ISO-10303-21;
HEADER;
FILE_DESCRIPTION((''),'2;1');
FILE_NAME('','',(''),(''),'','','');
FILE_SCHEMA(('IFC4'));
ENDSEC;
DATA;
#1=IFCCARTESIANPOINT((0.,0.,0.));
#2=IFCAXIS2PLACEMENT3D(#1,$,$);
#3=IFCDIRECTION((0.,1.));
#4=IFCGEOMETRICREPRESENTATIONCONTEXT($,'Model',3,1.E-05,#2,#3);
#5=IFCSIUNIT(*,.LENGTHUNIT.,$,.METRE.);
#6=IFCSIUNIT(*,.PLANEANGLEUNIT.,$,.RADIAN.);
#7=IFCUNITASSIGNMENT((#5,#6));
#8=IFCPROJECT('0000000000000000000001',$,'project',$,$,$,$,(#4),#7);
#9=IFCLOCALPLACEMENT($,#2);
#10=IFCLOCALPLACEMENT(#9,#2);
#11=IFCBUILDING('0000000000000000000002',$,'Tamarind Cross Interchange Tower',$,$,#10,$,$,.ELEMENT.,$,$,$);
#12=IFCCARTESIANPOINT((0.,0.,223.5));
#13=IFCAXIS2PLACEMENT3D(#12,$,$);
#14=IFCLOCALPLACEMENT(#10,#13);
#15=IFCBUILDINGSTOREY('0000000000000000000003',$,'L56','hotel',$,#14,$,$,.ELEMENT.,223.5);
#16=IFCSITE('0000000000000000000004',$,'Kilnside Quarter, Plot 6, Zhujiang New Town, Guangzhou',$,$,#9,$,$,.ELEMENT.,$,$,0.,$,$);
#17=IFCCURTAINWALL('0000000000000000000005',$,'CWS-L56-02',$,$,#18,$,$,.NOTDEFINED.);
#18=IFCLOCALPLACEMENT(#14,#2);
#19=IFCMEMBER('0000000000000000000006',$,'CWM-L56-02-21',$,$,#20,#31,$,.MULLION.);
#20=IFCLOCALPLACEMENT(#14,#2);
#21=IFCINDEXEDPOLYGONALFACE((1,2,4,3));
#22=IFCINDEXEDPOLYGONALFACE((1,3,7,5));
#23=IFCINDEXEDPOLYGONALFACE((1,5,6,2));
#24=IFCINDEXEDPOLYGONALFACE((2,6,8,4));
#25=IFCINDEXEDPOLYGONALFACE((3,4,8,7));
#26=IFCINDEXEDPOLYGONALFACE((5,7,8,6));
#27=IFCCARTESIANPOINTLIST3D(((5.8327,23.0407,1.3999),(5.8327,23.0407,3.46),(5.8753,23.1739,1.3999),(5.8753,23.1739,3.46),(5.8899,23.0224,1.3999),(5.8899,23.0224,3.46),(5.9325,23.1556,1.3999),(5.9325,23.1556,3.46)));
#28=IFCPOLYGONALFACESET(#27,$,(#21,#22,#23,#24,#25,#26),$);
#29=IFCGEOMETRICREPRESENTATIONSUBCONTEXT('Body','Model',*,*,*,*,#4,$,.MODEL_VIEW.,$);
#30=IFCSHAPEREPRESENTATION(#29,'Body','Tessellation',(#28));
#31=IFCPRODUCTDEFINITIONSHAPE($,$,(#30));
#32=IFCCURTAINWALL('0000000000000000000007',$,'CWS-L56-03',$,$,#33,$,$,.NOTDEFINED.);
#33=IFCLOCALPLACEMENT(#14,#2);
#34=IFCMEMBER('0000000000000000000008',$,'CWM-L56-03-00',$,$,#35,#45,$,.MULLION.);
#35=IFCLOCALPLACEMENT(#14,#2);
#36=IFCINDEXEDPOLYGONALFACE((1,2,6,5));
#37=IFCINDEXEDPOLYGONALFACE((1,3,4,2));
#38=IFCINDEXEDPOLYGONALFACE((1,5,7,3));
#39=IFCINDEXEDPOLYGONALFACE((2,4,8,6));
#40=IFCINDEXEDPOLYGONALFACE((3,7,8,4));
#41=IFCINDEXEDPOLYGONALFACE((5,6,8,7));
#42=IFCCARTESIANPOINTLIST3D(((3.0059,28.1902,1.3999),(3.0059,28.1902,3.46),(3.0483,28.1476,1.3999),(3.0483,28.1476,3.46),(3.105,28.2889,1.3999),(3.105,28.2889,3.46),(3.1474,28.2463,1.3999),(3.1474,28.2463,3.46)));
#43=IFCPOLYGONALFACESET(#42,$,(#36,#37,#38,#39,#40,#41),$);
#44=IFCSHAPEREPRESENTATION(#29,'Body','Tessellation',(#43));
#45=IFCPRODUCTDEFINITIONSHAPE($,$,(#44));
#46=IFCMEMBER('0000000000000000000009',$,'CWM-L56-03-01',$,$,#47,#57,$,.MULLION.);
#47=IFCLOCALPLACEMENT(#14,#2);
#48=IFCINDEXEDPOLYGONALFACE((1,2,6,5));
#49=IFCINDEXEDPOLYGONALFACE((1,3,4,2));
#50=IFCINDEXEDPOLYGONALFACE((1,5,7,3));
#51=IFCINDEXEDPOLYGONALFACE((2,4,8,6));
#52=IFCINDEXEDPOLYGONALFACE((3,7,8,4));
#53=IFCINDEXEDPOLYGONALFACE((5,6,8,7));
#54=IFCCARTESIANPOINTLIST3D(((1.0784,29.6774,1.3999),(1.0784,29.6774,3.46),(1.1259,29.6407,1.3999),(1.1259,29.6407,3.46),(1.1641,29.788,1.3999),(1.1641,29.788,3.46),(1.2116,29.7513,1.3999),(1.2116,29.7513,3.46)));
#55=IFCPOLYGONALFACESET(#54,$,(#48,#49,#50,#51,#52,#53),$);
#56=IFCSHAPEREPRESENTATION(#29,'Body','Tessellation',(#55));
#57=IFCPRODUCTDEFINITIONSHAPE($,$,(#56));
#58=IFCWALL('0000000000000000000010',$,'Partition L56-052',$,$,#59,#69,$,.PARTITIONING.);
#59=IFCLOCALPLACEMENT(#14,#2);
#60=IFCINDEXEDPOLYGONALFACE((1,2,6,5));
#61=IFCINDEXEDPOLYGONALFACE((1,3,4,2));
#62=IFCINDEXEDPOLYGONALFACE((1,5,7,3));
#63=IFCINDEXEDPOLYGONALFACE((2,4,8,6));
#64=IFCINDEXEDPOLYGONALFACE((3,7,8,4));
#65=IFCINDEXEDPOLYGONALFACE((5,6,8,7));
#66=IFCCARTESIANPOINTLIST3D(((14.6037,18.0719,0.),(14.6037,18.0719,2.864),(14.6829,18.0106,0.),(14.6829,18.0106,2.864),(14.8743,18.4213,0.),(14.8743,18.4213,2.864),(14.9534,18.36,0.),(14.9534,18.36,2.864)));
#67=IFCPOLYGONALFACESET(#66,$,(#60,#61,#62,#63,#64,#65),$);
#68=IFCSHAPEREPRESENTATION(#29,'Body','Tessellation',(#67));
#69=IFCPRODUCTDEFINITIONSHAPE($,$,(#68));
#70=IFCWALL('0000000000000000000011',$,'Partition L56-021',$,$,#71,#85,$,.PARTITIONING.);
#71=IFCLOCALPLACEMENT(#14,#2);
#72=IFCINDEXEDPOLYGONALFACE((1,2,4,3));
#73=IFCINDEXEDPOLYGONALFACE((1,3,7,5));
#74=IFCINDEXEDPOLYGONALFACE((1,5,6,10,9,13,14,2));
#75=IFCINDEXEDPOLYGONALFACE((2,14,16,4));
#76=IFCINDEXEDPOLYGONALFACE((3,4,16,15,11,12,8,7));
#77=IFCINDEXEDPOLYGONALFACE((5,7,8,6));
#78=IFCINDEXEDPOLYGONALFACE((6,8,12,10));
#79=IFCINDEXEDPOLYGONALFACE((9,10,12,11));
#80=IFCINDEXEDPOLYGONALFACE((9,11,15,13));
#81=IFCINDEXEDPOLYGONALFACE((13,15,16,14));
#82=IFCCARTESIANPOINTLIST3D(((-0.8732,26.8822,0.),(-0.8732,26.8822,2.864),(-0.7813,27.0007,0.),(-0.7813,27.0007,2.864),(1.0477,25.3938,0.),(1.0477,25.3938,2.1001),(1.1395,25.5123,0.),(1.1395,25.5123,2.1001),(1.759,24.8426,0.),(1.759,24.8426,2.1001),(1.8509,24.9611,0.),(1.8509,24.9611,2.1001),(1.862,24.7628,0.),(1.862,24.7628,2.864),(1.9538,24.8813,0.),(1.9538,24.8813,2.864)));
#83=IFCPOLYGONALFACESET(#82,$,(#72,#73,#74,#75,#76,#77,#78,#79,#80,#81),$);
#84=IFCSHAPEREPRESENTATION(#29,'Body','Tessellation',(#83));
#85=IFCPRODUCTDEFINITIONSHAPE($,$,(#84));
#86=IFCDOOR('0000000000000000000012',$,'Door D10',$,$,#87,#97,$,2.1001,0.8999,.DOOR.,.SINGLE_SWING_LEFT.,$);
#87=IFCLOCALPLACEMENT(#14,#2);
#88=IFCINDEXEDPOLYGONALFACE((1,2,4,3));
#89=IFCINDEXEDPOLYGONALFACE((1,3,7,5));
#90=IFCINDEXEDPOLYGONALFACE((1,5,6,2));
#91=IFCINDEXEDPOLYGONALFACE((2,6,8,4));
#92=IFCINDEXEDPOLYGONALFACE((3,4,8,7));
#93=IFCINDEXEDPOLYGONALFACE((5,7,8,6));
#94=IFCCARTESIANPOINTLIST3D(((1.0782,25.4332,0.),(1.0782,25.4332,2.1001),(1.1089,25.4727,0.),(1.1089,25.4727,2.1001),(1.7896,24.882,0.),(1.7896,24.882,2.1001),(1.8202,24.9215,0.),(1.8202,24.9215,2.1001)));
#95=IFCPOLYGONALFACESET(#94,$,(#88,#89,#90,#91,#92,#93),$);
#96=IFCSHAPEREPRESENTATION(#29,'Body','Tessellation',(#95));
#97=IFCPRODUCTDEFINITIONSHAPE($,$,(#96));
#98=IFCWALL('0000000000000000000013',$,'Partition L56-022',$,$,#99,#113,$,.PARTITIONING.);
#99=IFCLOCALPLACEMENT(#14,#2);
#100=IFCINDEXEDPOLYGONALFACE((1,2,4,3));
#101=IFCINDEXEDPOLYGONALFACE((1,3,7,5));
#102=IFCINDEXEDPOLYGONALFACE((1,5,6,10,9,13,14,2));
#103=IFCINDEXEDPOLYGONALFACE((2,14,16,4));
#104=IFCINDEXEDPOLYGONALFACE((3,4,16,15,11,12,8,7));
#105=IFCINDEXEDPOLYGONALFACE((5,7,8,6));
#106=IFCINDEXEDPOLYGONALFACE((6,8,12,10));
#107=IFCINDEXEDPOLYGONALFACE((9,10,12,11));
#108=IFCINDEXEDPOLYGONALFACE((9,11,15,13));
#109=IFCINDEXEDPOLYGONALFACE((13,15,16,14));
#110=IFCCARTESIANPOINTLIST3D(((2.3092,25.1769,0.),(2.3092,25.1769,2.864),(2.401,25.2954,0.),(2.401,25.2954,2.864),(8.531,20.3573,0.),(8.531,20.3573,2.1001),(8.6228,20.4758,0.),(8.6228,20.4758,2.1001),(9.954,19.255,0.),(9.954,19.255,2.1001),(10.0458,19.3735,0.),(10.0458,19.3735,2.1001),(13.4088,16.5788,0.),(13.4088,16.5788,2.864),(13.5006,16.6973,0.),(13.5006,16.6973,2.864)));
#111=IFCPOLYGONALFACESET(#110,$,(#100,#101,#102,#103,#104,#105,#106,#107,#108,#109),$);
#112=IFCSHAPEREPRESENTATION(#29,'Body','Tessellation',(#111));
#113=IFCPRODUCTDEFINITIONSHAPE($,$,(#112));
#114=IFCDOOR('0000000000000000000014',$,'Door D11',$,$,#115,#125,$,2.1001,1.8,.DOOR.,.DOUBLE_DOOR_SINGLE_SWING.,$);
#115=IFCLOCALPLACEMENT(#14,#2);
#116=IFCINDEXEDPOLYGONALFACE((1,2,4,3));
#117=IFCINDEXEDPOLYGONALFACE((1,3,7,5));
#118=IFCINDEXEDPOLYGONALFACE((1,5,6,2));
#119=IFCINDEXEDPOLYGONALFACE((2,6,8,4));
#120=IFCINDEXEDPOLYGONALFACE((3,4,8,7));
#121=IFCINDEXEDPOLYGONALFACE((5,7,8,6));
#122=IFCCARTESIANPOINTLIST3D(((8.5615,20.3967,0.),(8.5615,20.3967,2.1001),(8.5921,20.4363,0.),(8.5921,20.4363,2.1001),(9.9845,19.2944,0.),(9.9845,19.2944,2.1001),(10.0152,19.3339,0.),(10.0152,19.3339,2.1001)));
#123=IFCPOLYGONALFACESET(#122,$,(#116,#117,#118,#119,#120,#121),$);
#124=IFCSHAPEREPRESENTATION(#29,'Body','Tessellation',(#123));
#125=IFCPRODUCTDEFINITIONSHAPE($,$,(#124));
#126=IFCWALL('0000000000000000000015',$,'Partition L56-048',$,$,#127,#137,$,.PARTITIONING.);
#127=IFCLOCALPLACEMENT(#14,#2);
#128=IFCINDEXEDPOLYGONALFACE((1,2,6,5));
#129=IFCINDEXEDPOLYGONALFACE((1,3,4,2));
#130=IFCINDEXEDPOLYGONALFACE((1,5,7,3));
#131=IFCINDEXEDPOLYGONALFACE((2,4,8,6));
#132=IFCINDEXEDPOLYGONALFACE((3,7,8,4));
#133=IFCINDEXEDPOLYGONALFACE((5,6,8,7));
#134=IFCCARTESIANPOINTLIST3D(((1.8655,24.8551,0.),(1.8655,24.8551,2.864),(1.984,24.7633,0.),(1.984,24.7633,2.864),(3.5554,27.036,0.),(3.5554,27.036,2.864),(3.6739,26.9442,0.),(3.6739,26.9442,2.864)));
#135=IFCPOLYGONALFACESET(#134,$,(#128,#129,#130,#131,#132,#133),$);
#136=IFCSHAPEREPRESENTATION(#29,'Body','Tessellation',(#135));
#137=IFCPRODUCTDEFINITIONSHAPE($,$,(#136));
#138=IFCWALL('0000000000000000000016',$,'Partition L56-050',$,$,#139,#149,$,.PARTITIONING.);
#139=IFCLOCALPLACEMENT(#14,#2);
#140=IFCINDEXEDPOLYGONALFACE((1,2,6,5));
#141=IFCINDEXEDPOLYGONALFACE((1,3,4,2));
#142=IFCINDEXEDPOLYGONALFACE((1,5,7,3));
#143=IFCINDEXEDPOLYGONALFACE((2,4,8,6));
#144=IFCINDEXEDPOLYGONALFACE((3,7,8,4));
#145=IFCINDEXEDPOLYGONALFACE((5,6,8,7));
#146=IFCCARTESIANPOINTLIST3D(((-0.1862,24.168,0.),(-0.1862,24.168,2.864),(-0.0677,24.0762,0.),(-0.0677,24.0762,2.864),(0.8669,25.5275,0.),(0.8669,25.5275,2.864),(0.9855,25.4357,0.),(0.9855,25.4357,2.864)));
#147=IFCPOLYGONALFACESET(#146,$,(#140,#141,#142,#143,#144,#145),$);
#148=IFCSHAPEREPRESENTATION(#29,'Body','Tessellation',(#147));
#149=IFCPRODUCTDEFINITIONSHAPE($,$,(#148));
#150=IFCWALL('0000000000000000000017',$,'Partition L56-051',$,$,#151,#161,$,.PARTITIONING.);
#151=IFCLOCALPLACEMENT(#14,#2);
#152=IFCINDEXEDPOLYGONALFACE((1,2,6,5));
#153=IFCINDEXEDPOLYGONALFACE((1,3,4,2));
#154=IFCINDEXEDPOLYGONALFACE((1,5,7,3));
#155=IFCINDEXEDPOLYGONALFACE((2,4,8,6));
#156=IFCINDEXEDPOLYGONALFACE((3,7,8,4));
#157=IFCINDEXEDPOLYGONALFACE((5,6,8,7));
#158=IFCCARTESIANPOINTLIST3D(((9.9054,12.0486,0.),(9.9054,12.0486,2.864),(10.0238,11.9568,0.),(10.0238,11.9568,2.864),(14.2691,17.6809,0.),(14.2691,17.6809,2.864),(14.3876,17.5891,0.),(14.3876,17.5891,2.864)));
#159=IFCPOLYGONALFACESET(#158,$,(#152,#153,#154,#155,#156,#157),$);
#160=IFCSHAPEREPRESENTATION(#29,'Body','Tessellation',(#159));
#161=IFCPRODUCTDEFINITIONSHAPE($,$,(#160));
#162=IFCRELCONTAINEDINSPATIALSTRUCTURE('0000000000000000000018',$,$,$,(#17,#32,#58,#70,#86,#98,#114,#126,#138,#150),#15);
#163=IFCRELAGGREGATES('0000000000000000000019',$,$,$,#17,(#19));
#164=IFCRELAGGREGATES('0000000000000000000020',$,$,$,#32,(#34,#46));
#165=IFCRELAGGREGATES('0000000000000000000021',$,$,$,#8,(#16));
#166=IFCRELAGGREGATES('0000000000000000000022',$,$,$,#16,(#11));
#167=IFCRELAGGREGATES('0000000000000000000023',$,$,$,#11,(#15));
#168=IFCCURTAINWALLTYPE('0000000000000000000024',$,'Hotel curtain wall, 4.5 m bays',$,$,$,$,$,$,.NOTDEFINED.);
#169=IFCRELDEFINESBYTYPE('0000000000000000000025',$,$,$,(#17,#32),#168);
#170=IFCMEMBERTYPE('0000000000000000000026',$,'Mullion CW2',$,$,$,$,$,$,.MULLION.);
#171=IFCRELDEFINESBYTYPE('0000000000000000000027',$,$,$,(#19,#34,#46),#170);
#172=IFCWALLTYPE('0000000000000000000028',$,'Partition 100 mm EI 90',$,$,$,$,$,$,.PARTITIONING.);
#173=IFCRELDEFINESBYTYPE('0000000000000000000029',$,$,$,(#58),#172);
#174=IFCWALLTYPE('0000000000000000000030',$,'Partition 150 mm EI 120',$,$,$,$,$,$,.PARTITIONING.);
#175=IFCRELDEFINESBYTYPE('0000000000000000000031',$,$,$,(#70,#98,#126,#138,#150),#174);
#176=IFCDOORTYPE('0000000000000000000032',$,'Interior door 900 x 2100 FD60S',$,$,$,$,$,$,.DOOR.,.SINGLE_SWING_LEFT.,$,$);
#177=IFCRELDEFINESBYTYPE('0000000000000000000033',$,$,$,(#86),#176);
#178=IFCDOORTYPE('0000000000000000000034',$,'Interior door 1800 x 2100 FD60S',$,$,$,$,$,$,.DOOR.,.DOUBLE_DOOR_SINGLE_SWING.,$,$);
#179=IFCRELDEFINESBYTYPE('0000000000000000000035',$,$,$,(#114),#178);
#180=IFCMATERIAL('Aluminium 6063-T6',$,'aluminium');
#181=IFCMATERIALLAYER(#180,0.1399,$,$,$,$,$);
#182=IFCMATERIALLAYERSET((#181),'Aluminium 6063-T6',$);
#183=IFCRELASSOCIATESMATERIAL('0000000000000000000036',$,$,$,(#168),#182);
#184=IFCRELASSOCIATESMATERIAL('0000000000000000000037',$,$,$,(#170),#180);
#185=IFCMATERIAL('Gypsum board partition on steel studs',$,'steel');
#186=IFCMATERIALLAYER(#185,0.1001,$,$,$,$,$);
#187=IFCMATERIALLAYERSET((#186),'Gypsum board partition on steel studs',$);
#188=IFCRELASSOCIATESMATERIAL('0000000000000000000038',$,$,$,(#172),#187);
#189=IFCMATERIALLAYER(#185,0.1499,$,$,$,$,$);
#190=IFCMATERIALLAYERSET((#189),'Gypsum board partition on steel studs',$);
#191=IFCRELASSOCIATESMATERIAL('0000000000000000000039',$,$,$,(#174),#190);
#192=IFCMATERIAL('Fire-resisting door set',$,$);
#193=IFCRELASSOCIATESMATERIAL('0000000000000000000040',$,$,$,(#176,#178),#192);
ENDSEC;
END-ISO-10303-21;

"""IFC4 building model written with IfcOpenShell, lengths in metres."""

from ifc_helpers import new_model, si_unit, direction, frame, frame_2d, origin, origin_2d, place, context, subcontext, project, spatial, rectangle, extrude, material, layer, layer_set, material_profile, profile_set, type_object, element, fill, aggregate, save


model = new_model("IFC4")

# Units and contexts
model_context = context("Model", 3, precision=1e-05, world=origin(), true_north=direction((0.0, 1.0)))
body_context = subcontext(model_context, "Body", "Model", "MODEL_VIEW")
ifc_project = project(units=[si_unit("LENGTHUNIT", "METRE"), si_unit("PLANEANGLEUNIT", "RADIAN")], contexts=[model_context])

# Site, building, storey
site_placement = place(None, origin())
site = spatial("IfcSite", under=ifc_project, at=site_placement, Name="Kilnside Quarter, Plot 6, Zhujiang New Town, Guangzhou", CompositionType="ELEMENT", RefElevation=0.0)
building_placement = place(site_placement, origin())
building = spatial("IfcBuilding", under=site, at=building_placement, Name="Tamarind Cross Interchange Tower", CompositionType="ELEMENT")
storey_placement = place(building_placement, frame((0.0, 0.0, 223.5)))
storey = spatial("IfcBuildingStorey", under=building, at=storey_placement, Name="L56", Description="hotel", CompositionType="ELEMENT", Elevation=223.5)

# Curtain walls, members
ifc_material_1 = material(Name="Aluminium 6063-T6", Category="aluminium")
ifc_layer_1 = layer(ifc_material_1, 0.1399)
ifc_layer_set_1 = layer_set([ifc_layer_1], Name="Aluminium 6063-T6")
curtain_wall_type = type_object("IfcCurtainWallType", Name="Hotel curtain wall, 4.5 m bays", PredefinedType="NOTDEFINED", material=ifc_layer_set_1)
curtain_wall_1_placement = place(storey_placement, origin())
curtain_wall_1 = element("IfcCurtainWall", 1, at=curtain_wall_1_placement, inside=storey, type_object=curtain_wall_type, Name="CWS-L56-02", PredefinedType="NOTDEFINED")
ifc_material_profile_1 = material_profile(ifc_material_1, rectangle(XDim=0.0601, YDim=0.1399, at=origin_2d()), Name="Mullion CW2")
ifc_profile_set_1 = profile_set([ifc_material_profile_1], Name="Aluminium 6063-T6")
member_type = type_object("IfcMemberType", Name="Mullion CW2", PredefinedType="MULLION", material=ifc_profile_set_1)
member_1_placement = place(storey_placement, frame((5.8826, 23.0981, 1.3999), z_axis=(0.0, 0.0, 1.0), x_axis=(-0.9525, 0.304538, 0.0)))
member_1 = element("IfcMember", 2, at=member_1_placement, type_object=member_type, Name="CWM-L56-02-21", PredefinedType="MULLION", context=body_context, shape_type="SweptSolid", body=[
    extrude(rectangle(XDim=0.0601, YDim=0.1399, at=origin_2d()), origin(), (0.0, 0.0, 1.0), 2.0601),
])
aggregate(curtain_wall_1, [member_1])
curtain_wall_2_placement = place(storey_placement, origin())
curtain_wall_2 = element("IfcCurtainWall", 3, at=curtain_wall_2_placement, inside=storey, type_object=curtain_wall_type, Name="CWS-L56-03", PredefinedType="NOTDEFINED")
member_2_placement = place(storey_placement, frame((3.0767, 28.2183, 1.3999), z_axis=(0.0, 0.0, 1.0), x_axis=(-0.705485, 0.708724, 0.0)))
member_2 = element("IfcMember", 4, at=member_2_placement, type_object=member_type, Name="CWM-L56-03-00", PredefinedType="MULLION", context=body_context, shape_type="SweptSolid", body=[
    extrude(rectangle(XDim=0.0601, YDim=0.1399, at=origin_2d()), origin(), (0.0, 0.0, 1.0), 2.0601),
])
member_3_placement = place(storey_placement, frame((1.145, 29.7144, 1.3999), z_axis=(0.0, 0.0, 1.0), x_axis=(-0.790583, 0.612355, 0.0)))
member_3 = element("IfcMember", 5, at=member_3_placement, type_object=member_type, Name="CWM-L56-03-01", PredefinedType="MULLION", context=body_context, shape_type="SweptSolid", body=[
    extrude(rectangle(XDim=0.0601, YDim=0.1399, at=origin_2d()), origin(), (0.0, 0.0, 1.0), 2.0601),
])
aggregate(curtain_wall_2, [member_2, member_3])

# Wall
ifc_material_2 = material(Name="Gypsum board partition on steel studs", Category="steel")
ifc_layer_2 = layer(ifc_material_2, 0.1001)
ifc_layer_set_2 = layer_set([ifc_layer_2], Name="Gypsum board partition on steel studs")
wall_type_1 = type_object("IfcWallType", Name="Partition 100 mm EI 90", PredefinedType="PARTITIONING", material=ifc_layer_set_2)
wall_1_placement = place(storey_placement, frame((14.6433, 18.0413, 0.0), z_axis=(0.0, 0.0, 1.0), x_axis=(0.612218, 0.790689, 0.0)))
element("IfcWall", 6, at=wall_1_placement, inside=storey, type_object=wall_type_1, Name="Partition L56-052", PredefinedType="PARTITIONING", context=body_context, shape_type="SweptSolid", body=[
    extrude(rectangle(XDim=0.4419, YDim=0.1001, at=frame_2d((0.2209, 0.0))), origin(), (0.0, 0.0, 1.0), 2.864),
])

# Walls, openings, doors
ifc_layer_3 = layer(ifc_material_2, 0.1499)
ifc_layer_set_3 = layer_set([ifc_layer_3], Name="Gypsum board partition on steel studs")
wall_type_2 = type_object("IfcWallType", Name="Partition 150 mm EI 120", PredefinedType="PARTITIONING", material=ifc_layer_set_3)
wall_2_placement = place(storey_placement, frame((-0.8271, 26.9414, 0.0), z_axis=(0.0, 0.0, 1.0), x_axis=(0.79046, -0.612513, 0.0)))
wall_2 = element("IfcWall", 7, at=wall_2_placement, inside=storey, type_object=wall_type_2, Name="Partition L56-021", PredefinedType="PARTITIONING", context=body_context, shape_type="SweptSolid", body=[
    extrude(rectangle(XDim=3.4602, YDim=0.1499, at=frame_2d((1.73, 0.0))), origin(), (0.0, 0.0, 1.0), 2.864),
])
opening_1_placement = place(wall_2_placement, frame((2.4299, 0.0, 0.0)))
opening_1 = element("IfcOpeningElement", 8, at=opening_1_placement, cuts=wall_2, PredefinedType="OPENING", context=body_context, shape_type="SweptSolid", body=[
    extrude(rectangle(XDim=0.8999, YDim=2.1001, at=frame_2d((0.45, 1.05))), frame((0.0, 0.085, 0.0), z_axis=(0.0, -1.0, 0.0), x_axis=(1.0, 0.0, 0.0)), (0.0, 0.0, 1.0), 0.1699),
])
ifc_material_3 = material(Name="Fire-resisting door set")
door_type_1 = type_object("IfcDoorType", Name="Interior door 900 x 2100 FD60S", OperationType="SINGLE_SWING_LEFT", PredefinedType="DOOR", material=ifc_material_3)
door_1_placement = place(opening_1_placement, origin())
door_1 = element("IfcDoor", 9, at=door_1_placement, inside=storey, type_object=door_type_1, Name="Door D10", OperationType="SINGLE_SWING_LEFT", OverallHeight=2.1001, OverallWidth=0.8999, PredefinedType="DOOR", context=body_context, shape_type="SweptSolid", body=[
    extrude(rectangle(XDim=0.8999, YDim=2.1001, at=frame_2d((0.45, 1.05))), frame((0.0, 0.0249, 0.0), z_axis=(0.0, -1.0, 0.0), x_axis=(1.0, 0.0, 0.0)), (0.0, 0.0, 1.0), 0.05),
])
fill(opening_1, door_1)
wall_3_placement = place(storey_placement, frame((2.3552, 25.2361, 0.0), z_axis=(0.0, 0.0, 1.0), x_axis=(0.790555, -0.612391, 0.0)))
wall_3 = element("IfcWall", 10, at=wall_3_placement, inside=storey, type_object=wall_type_2, Name="Partition L56-022", PredefinedType="PARTITIONING", context=body_context, shape_type="SweptSolid", body=[
    extrude(rectangle(XDim=14.0403, YDim=0.1499, at=frame_2d((7.02, 0.0))), origin(), (0.0, 0.0, 1.0), 2.864),
])
opening_2_placement = place(wall_3_placement, frame((7.8701, 0.0, 0.0)))
opening_2 = element("IfcOpeningElement", 11, at=opening_2_placement, cuts=wall_3, PredefinedType="OPENING", context=body_context, shape_type="SweptSolid", body=[
    extrude(rectangle(XDim=1.8, YDim=2.1001, at=frame_2d((0.8999, 1.05))), frame((0.0, 0.085, 0.0), z_axis=(0.0, -1.0, 0.0), x_axis=(1.0, 0.0, 0.0)), (0.0, 0.0, 1.0), 0.1699),
])
door_type_2 = type_object("IfcDoorType", Name="Interior door 1800 x 2100 FD60S", OperationType="DOUBLE_DOOR_SINGLE_SWING", PredefinedType="DOOR", material=ifc_material_3)
door_2_placement = place(opening_2_placement, origin())
door_2 = element("IfcDoor", 12, at=door_2_placement, inside=storey, type_object=door_type_2, Name="Door D11", OperationType="DOUBLE_DOOR_SINGLE_SWING", OverallHeight=2.1001, OverallWidth=1.8, PredefinedType="DOOR", context=body_context, shape_type="SweptSolid", body=[
    extrude(rectangle(XDim=1.8, YDim=2.1001, at=frame_2d((0.8999, 1.05))), frame((0.0, 0.0249, 0.0), z_axis=(0.0, -1.0, 0.0), x_axis=(1.0, 0.0, 0.0)), (0.0, 0.0, 1.0), 0.05),
])
fill(opening_2, door_2)

# Walls
wall_4_placement = place(storey_placement, frame((1.9248, 24.8093, 0.0), z_axis=(0.0, 0.0, 1.0), x_axis=(0.612512, 0.790461, 0.0)))
element("IfcWall", 13, at=wall_4_placement, inside=storey, type_object=wall_type_2, Name="Partition L56-048", PredefinedType="PARTITIONING", context=body_context, shape_type="SweptSolid", body=[
    extrude(rectangle(XDim=2.759, YDim=0.1499, at=frame_2d((1.3794, 0.0))), origin(), (0.0, 0.0, 1.0), 2.864),
])
wall_5_placement = place(storey_placement, frame((-0.127, 24.1221, 0.0), z_axis=(0.0, 0.0, 1.0), x_axis=(0.612396, 0.790551, 0.0)))
element("IfcWall", 14, at=wall_5_placement, inside=storey, type_object=wall_type_2, Name="Partition L56-050", PredefinedType="PARTITIONING", context=body_context, shape_type="SweptSolid", body=[
    extrude(rectangle(XDim=1.7197, YDim=0.1499, at=frame_2d((0.8599, 0.0))), origin(), (0.0, 0.0, 1.0), 2.864),
])
wall_6_placement = place(storey_placement, frame((9.9646, 12.0027, 0.0), z_axis=(0.0, 0.0, 1.0), x_axis=(0.612459, 0.790502, 0.0)))
element("IfcWall", 15, at=wall_6_placement, inside=storey, type_object=wall_type_2, Name="Partition L56-051", PredefinedType="PARTITIONING", context=body_context, shape_type="SweptSolid", body=[
    extrude(rectangle(XDim=7.125, YDim=0.1499, at=frame_2d((3.5625, 0.0))), origin(), (0.0, 0.0, 1.0), 2.864),
])

save(model, "model.ifc")
